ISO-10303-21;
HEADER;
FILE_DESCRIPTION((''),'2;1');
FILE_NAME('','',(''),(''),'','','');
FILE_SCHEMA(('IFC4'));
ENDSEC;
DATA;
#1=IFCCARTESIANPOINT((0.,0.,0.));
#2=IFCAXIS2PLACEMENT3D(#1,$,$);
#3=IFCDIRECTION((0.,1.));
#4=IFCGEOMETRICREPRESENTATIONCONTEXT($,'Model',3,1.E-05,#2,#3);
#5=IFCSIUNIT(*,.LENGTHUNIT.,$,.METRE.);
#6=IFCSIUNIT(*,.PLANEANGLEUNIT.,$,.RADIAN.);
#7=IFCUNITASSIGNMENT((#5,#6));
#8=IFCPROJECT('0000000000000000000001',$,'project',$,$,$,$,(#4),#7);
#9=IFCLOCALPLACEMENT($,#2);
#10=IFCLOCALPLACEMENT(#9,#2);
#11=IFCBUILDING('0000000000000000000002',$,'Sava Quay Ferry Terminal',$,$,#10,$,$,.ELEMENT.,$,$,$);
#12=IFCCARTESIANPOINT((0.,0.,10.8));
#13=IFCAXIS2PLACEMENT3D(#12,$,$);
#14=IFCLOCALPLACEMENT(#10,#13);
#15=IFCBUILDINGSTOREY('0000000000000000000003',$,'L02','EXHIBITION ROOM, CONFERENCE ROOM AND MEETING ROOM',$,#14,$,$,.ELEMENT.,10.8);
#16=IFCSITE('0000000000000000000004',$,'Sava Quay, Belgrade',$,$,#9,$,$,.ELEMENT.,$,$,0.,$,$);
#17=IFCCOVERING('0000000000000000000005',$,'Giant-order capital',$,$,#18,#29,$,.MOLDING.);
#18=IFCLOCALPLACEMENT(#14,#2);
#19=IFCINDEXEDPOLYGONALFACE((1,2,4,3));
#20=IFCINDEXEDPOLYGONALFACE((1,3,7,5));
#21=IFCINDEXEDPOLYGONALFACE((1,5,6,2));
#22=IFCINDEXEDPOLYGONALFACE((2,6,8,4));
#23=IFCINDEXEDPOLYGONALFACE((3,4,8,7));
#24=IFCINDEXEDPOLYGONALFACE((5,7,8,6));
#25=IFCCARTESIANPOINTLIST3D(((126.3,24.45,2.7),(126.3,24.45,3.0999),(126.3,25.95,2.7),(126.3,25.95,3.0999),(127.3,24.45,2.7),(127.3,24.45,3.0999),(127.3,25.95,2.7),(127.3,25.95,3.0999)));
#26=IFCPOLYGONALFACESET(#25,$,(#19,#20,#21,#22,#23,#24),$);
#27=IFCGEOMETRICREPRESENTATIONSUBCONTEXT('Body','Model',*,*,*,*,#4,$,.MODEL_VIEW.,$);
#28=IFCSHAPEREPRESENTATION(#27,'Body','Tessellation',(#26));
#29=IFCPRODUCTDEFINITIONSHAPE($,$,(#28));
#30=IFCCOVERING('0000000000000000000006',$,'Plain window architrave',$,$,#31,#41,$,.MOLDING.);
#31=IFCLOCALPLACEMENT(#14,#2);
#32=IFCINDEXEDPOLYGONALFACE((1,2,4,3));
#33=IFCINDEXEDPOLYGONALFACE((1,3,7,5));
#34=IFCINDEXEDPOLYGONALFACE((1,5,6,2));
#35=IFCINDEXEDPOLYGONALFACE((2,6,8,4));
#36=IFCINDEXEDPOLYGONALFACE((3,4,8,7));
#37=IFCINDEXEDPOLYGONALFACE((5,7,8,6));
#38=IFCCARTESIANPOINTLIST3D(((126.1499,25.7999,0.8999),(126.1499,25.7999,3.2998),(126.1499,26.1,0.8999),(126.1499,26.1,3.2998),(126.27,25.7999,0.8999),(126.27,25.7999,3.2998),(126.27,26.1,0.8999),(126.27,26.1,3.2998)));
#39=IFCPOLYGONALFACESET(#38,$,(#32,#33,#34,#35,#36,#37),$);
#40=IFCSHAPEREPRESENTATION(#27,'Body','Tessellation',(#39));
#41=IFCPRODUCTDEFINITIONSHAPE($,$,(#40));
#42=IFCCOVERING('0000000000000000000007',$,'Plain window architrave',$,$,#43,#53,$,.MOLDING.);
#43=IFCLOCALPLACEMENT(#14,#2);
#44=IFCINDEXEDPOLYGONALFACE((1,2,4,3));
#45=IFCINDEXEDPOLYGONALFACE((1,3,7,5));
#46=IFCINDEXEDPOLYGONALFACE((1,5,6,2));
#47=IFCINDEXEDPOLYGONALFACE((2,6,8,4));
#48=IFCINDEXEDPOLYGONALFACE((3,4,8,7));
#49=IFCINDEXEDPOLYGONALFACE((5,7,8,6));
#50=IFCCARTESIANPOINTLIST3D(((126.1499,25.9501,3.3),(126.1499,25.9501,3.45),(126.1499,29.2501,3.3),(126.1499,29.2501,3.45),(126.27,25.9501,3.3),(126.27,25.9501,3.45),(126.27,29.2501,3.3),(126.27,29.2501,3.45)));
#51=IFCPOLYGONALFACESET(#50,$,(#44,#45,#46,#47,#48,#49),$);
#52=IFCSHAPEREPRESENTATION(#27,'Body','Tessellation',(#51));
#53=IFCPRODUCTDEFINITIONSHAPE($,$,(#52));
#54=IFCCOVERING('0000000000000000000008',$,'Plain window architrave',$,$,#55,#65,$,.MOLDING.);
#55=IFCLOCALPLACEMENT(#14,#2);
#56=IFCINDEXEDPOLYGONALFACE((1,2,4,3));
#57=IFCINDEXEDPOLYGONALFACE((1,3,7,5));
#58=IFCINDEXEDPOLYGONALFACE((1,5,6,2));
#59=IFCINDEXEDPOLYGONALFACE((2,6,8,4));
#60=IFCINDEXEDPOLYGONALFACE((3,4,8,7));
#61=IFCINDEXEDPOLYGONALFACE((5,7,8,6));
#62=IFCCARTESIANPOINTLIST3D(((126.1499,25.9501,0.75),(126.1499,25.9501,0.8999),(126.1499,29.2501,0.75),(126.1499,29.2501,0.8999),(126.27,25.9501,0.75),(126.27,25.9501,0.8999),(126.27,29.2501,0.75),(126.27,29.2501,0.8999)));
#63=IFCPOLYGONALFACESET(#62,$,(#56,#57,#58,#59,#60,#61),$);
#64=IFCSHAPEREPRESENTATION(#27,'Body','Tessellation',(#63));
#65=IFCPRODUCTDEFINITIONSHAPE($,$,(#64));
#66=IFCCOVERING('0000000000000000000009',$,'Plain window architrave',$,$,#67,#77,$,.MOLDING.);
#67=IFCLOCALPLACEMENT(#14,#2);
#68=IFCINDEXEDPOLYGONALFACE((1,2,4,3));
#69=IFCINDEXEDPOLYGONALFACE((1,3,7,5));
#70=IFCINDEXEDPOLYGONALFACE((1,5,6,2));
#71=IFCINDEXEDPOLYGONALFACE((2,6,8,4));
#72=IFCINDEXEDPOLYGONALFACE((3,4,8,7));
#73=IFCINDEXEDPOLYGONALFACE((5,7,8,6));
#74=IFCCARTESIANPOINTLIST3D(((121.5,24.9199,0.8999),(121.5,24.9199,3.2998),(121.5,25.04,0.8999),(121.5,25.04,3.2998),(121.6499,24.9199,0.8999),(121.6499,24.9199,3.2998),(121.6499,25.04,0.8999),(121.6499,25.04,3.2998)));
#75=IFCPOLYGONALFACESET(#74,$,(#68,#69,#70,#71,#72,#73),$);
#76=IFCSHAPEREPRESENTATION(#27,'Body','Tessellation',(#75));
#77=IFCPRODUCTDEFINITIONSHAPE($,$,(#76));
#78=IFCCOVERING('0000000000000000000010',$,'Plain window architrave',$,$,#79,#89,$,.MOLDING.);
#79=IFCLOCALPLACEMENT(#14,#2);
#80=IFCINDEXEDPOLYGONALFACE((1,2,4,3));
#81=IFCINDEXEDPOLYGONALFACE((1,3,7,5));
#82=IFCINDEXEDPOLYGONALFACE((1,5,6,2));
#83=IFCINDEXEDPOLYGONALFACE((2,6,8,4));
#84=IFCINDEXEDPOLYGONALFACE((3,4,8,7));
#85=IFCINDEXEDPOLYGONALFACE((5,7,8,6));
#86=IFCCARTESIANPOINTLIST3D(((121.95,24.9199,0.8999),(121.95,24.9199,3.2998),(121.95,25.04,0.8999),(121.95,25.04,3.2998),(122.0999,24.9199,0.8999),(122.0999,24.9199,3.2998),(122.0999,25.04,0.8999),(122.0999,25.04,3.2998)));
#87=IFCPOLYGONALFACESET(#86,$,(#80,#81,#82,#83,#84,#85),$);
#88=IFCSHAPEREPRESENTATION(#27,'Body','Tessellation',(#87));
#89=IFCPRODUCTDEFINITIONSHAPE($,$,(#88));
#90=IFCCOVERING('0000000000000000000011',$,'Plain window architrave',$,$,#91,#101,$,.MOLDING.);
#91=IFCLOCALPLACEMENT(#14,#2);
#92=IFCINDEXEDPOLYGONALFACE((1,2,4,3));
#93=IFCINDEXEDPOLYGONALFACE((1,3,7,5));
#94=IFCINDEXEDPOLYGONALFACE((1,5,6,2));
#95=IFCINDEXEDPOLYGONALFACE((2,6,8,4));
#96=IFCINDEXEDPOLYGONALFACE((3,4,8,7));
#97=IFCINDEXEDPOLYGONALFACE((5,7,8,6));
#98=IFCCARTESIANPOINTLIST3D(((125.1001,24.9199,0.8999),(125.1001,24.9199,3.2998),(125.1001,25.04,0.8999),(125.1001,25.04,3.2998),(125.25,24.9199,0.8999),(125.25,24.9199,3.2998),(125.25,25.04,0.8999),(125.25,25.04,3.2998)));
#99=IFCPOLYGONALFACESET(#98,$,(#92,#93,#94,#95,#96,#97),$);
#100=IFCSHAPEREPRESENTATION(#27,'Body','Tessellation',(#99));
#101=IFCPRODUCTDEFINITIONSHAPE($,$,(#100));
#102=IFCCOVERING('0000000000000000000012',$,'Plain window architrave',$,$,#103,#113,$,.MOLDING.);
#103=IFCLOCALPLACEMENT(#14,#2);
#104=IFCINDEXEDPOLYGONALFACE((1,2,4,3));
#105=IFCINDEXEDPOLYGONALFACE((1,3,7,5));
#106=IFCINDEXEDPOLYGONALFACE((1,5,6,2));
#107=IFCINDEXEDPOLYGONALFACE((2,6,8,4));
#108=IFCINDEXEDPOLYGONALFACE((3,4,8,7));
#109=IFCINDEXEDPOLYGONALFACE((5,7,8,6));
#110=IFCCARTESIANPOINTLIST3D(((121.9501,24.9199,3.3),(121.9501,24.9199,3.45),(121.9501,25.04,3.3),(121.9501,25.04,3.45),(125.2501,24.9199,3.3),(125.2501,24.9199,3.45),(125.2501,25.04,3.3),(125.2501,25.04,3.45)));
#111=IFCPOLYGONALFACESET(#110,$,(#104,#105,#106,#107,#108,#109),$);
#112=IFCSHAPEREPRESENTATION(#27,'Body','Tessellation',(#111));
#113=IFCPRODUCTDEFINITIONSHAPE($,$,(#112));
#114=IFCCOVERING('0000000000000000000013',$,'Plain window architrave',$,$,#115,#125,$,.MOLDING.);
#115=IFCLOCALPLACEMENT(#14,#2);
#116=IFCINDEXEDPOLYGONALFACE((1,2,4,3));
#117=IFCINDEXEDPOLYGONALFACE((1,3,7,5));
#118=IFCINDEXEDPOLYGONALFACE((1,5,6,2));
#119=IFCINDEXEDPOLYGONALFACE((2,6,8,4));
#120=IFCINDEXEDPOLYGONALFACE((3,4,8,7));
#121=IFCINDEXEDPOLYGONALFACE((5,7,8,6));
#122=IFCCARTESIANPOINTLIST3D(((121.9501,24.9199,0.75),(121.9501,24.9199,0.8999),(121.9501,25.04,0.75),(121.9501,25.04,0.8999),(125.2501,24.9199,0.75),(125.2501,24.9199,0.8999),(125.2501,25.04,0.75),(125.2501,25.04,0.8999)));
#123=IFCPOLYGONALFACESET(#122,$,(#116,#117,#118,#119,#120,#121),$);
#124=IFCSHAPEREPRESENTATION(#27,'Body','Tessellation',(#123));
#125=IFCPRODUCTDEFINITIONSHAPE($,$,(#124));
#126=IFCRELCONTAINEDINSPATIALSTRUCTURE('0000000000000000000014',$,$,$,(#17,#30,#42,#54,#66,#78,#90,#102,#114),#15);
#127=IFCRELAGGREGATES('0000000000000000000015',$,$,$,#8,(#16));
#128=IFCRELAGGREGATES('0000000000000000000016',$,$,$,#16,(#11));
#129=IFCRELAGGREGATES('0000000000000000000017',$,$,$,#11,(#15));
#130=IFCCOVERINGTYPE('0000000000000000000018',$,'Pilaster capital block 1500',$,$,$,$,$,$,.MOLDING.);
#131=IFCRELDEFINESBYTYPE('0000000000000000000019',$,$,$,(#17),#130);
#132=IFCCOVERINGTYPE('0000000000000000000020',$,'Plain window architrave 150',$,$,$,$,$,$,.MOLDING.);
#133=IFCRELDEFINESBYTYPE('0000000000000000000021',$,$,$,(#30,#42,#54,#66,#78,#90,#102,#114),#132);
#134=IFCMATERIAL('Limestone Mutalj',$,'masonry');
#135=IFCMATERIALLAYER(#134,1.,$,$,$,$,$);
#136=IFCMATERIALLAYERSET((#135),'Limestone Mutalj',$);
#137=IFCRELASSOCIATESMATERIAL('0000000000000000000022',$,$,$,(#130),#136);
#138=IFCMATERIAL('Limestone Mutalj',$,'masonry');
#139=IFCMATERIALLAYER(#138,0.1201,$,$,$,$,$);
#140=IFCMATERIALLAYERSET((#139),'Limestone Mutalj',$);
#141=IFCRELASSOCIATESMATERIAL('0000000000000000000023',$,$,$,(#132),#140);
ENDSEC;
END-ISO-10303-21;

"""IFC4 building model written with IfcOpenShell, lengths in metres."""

from ifc_helpers import new_model, si_unit, direction, frame, origin, origin_2d, place, context, subcontext, project, spatial, rectangle, extrude, material, layer, layer_set, type_object, element, save


model = new_model("IFC4")

# Units and contexts
model_context = context("Model", 3, precision=1e-05, world=origin(), true_north=direction((0.0, 1.0)))
body_context = subcontext(model_context, "Body", "Model", "MODEL_VIEW")
ifc_project = project(units=[si_unit("LENGTHUNIT", "METRE"), si_unit("PLANEANGLEUNIT", "RADIAN")], contexts=[model_context])

# Site, building, storey
site_placement = place(None, origin())
site = spatial("IfcSite", under=ifc_project, at=site_placement, Name="Sava Quay, Belgrade", CompositionType="ELEMENT", RefElevation=0.0)
building_placement = place(site_placement, origin())
building = spatial("IfcBuilding", under=site, at=building_placement, Name="Sava Quay Ferry Terminal", CompositionType="ELEMENT")
storey_placement = place(building_placement, frame((0.0, 0.0, 10.8)))
storey = spatial("IfcBuildingStorey", under=building, at=storey_placement, Name="L02", Description="EXHIBITION ROOM, CONFERENCE ROOM AND MEETING ROOM", CompositionType="ELEMENT", Elevation=10.8)

# Coverings
ifc_material_1 = material(Name="Limestone Mutalj", Category="masonry")
ifc_layer_1 = layer(ifc_material_1, 1.0)
ifc_layer_set_1 = layer_set([ifc_layer_1], Name="Limestone Mutalj")
covering_type_1 = type_object("IfcCoveringType", Name="Pilaster capital block 1500", PredefinedType="MOLDING", material=ifc_layer_set_1)
covering_1_placement = place(storey_placement, frame((126.8, 25.2, 2.7), z_axis=(0.0, 0.0, 1.0), x_axis=(1.0, 0.0, 0.0)))
element("IfcCovering", 1, at=covering_1_placement, inside=storey, type_object=covering_type_1, Name="Giant-order capital", PredefinedType="MOLDING", context=body_context, shape_type="SweptSolid", body=[
    extrude(rectangle(XDim=1.0, YDim=1.5, at=origin_2d()), origin(), (0.0, 0.0, 1.0), 0.3999),
])
ifc_material_2 = material(Name="Limestone Mutalj", Category="masonry")
ifc_layer_2 = layer(ifc_material_2, 0.1201)
ifc_layer_set_2 = layer_set([ifc_layer_2], Name="Limestone Mutalj")
covering_type_2 = type_object("IfcCoveringType", Name="Plain window architrave 150", PredefinedType="MOLDING", material=ifc_layer_set_2)
covering_2_placement = place(storey_placement, frame((126.21, 25.95, 0.8999), z_axis=(0.0, 0.0, 1.0), x_axis=(1.0, 0.0, 0.0)))
element("IfcCovering", 2, at=covering_2_placement, inside=storey, type_object=covering_type_2, Name="Plain window architrave", PredefinedType="MOLDING", context=body_context, shape_type="SweptSolid", body=[
    extrude(rectangle(XDim=0.1201, YDim=0.3, at=origin_2d()), origin(), (0.0, 0.0, 1.0), 2.3999),
])
for number, where, z_axis, x_axis, name in (
    (3, (126.21, 27.6001, 3.3), (0.0, 0.0, 1.0), (1.0, 0.0, 0.0), "Plain window architrave"),
    (4, (126.21, 27.6001, 0.75), (0.0, 0.0, 1.0), (1.0, 0.0, 0.0), "Plain window architrave"),
):
    element("IfcCovering", number, at=place(storey_placement, frame(where, z_axis=z_axis, x_axis=x_axis)), inside=storey, type_object=covering_type_2, Name=name, PredefinedType="MOLDING", context=body_context, shape_type="SweptSolid", body=[
        extrude(rectangle(XDim=0.1201, YDim=3.3, at=origin_2d()), origin(), (0.0, 0.0, 1.0), 0.1499),
    ])
for number, where, z_axis, x_axis, name in (
    (5, (121.575, 24.98, 0.8999), (0.0, 0.0, 1.0), (1.0, 0.0, 0.0), "Plain window architrave"),
    (6, (122.0249, 24.98, 0.8999), (0.0, 0.0, 1.0), (1.0, 0.0, 0.0), "Plain window architrave"),
    (7, (125.175, 24.98, 0.8999), (0.0, 0.0, 1.0), (1.0, 0.0, 0.0), "Plain window architrave"),
):
    element("IfcCovering", number, at=place(storey_placement, frame(where, z_axis=z_axis, x_axis=x_axis)), inside=storey, type_object=covering_type_2, Name=name, PredefinedType="MOLDING", context=body_context, shape_type="SweptSolid", body=[
        extrude(rectangle(XDim=0.1499, YDim=0.1201, at=origin_2d()), origin(), (0.0, 0.0, 1.0), 2.3999),
    ])
for number, where, z_axis, x_axis, name in (
    (8, (123.6001, 24.98, 3.3), (0.0, 0.0, 1.0), (1.0, 0.0, 0.0), "Plain window architrave"),
    (9, (123.6001, 24.98, 0.75), (0.0, 0.0, 1.0), (1.0, 0.0, 0.0), "Plain window architrave"),
):
    element("IfcCovering", number, at=place(storey_placement, frame(where, z_axis=z_axis, x_axis=x_axis)), inside=storey, type_object=covering_type_2, Name=name, PredefinedType="MOLDING", context=body_context, shape_type="SweptSolid", body=[
        extrude(rectangle(XDim=3.3, YDim=0.1201, at=origin_2d()), origin(), (0.0, 0.0, 1.0), 0.1499),
    ])

save(model, "model.ifc")
